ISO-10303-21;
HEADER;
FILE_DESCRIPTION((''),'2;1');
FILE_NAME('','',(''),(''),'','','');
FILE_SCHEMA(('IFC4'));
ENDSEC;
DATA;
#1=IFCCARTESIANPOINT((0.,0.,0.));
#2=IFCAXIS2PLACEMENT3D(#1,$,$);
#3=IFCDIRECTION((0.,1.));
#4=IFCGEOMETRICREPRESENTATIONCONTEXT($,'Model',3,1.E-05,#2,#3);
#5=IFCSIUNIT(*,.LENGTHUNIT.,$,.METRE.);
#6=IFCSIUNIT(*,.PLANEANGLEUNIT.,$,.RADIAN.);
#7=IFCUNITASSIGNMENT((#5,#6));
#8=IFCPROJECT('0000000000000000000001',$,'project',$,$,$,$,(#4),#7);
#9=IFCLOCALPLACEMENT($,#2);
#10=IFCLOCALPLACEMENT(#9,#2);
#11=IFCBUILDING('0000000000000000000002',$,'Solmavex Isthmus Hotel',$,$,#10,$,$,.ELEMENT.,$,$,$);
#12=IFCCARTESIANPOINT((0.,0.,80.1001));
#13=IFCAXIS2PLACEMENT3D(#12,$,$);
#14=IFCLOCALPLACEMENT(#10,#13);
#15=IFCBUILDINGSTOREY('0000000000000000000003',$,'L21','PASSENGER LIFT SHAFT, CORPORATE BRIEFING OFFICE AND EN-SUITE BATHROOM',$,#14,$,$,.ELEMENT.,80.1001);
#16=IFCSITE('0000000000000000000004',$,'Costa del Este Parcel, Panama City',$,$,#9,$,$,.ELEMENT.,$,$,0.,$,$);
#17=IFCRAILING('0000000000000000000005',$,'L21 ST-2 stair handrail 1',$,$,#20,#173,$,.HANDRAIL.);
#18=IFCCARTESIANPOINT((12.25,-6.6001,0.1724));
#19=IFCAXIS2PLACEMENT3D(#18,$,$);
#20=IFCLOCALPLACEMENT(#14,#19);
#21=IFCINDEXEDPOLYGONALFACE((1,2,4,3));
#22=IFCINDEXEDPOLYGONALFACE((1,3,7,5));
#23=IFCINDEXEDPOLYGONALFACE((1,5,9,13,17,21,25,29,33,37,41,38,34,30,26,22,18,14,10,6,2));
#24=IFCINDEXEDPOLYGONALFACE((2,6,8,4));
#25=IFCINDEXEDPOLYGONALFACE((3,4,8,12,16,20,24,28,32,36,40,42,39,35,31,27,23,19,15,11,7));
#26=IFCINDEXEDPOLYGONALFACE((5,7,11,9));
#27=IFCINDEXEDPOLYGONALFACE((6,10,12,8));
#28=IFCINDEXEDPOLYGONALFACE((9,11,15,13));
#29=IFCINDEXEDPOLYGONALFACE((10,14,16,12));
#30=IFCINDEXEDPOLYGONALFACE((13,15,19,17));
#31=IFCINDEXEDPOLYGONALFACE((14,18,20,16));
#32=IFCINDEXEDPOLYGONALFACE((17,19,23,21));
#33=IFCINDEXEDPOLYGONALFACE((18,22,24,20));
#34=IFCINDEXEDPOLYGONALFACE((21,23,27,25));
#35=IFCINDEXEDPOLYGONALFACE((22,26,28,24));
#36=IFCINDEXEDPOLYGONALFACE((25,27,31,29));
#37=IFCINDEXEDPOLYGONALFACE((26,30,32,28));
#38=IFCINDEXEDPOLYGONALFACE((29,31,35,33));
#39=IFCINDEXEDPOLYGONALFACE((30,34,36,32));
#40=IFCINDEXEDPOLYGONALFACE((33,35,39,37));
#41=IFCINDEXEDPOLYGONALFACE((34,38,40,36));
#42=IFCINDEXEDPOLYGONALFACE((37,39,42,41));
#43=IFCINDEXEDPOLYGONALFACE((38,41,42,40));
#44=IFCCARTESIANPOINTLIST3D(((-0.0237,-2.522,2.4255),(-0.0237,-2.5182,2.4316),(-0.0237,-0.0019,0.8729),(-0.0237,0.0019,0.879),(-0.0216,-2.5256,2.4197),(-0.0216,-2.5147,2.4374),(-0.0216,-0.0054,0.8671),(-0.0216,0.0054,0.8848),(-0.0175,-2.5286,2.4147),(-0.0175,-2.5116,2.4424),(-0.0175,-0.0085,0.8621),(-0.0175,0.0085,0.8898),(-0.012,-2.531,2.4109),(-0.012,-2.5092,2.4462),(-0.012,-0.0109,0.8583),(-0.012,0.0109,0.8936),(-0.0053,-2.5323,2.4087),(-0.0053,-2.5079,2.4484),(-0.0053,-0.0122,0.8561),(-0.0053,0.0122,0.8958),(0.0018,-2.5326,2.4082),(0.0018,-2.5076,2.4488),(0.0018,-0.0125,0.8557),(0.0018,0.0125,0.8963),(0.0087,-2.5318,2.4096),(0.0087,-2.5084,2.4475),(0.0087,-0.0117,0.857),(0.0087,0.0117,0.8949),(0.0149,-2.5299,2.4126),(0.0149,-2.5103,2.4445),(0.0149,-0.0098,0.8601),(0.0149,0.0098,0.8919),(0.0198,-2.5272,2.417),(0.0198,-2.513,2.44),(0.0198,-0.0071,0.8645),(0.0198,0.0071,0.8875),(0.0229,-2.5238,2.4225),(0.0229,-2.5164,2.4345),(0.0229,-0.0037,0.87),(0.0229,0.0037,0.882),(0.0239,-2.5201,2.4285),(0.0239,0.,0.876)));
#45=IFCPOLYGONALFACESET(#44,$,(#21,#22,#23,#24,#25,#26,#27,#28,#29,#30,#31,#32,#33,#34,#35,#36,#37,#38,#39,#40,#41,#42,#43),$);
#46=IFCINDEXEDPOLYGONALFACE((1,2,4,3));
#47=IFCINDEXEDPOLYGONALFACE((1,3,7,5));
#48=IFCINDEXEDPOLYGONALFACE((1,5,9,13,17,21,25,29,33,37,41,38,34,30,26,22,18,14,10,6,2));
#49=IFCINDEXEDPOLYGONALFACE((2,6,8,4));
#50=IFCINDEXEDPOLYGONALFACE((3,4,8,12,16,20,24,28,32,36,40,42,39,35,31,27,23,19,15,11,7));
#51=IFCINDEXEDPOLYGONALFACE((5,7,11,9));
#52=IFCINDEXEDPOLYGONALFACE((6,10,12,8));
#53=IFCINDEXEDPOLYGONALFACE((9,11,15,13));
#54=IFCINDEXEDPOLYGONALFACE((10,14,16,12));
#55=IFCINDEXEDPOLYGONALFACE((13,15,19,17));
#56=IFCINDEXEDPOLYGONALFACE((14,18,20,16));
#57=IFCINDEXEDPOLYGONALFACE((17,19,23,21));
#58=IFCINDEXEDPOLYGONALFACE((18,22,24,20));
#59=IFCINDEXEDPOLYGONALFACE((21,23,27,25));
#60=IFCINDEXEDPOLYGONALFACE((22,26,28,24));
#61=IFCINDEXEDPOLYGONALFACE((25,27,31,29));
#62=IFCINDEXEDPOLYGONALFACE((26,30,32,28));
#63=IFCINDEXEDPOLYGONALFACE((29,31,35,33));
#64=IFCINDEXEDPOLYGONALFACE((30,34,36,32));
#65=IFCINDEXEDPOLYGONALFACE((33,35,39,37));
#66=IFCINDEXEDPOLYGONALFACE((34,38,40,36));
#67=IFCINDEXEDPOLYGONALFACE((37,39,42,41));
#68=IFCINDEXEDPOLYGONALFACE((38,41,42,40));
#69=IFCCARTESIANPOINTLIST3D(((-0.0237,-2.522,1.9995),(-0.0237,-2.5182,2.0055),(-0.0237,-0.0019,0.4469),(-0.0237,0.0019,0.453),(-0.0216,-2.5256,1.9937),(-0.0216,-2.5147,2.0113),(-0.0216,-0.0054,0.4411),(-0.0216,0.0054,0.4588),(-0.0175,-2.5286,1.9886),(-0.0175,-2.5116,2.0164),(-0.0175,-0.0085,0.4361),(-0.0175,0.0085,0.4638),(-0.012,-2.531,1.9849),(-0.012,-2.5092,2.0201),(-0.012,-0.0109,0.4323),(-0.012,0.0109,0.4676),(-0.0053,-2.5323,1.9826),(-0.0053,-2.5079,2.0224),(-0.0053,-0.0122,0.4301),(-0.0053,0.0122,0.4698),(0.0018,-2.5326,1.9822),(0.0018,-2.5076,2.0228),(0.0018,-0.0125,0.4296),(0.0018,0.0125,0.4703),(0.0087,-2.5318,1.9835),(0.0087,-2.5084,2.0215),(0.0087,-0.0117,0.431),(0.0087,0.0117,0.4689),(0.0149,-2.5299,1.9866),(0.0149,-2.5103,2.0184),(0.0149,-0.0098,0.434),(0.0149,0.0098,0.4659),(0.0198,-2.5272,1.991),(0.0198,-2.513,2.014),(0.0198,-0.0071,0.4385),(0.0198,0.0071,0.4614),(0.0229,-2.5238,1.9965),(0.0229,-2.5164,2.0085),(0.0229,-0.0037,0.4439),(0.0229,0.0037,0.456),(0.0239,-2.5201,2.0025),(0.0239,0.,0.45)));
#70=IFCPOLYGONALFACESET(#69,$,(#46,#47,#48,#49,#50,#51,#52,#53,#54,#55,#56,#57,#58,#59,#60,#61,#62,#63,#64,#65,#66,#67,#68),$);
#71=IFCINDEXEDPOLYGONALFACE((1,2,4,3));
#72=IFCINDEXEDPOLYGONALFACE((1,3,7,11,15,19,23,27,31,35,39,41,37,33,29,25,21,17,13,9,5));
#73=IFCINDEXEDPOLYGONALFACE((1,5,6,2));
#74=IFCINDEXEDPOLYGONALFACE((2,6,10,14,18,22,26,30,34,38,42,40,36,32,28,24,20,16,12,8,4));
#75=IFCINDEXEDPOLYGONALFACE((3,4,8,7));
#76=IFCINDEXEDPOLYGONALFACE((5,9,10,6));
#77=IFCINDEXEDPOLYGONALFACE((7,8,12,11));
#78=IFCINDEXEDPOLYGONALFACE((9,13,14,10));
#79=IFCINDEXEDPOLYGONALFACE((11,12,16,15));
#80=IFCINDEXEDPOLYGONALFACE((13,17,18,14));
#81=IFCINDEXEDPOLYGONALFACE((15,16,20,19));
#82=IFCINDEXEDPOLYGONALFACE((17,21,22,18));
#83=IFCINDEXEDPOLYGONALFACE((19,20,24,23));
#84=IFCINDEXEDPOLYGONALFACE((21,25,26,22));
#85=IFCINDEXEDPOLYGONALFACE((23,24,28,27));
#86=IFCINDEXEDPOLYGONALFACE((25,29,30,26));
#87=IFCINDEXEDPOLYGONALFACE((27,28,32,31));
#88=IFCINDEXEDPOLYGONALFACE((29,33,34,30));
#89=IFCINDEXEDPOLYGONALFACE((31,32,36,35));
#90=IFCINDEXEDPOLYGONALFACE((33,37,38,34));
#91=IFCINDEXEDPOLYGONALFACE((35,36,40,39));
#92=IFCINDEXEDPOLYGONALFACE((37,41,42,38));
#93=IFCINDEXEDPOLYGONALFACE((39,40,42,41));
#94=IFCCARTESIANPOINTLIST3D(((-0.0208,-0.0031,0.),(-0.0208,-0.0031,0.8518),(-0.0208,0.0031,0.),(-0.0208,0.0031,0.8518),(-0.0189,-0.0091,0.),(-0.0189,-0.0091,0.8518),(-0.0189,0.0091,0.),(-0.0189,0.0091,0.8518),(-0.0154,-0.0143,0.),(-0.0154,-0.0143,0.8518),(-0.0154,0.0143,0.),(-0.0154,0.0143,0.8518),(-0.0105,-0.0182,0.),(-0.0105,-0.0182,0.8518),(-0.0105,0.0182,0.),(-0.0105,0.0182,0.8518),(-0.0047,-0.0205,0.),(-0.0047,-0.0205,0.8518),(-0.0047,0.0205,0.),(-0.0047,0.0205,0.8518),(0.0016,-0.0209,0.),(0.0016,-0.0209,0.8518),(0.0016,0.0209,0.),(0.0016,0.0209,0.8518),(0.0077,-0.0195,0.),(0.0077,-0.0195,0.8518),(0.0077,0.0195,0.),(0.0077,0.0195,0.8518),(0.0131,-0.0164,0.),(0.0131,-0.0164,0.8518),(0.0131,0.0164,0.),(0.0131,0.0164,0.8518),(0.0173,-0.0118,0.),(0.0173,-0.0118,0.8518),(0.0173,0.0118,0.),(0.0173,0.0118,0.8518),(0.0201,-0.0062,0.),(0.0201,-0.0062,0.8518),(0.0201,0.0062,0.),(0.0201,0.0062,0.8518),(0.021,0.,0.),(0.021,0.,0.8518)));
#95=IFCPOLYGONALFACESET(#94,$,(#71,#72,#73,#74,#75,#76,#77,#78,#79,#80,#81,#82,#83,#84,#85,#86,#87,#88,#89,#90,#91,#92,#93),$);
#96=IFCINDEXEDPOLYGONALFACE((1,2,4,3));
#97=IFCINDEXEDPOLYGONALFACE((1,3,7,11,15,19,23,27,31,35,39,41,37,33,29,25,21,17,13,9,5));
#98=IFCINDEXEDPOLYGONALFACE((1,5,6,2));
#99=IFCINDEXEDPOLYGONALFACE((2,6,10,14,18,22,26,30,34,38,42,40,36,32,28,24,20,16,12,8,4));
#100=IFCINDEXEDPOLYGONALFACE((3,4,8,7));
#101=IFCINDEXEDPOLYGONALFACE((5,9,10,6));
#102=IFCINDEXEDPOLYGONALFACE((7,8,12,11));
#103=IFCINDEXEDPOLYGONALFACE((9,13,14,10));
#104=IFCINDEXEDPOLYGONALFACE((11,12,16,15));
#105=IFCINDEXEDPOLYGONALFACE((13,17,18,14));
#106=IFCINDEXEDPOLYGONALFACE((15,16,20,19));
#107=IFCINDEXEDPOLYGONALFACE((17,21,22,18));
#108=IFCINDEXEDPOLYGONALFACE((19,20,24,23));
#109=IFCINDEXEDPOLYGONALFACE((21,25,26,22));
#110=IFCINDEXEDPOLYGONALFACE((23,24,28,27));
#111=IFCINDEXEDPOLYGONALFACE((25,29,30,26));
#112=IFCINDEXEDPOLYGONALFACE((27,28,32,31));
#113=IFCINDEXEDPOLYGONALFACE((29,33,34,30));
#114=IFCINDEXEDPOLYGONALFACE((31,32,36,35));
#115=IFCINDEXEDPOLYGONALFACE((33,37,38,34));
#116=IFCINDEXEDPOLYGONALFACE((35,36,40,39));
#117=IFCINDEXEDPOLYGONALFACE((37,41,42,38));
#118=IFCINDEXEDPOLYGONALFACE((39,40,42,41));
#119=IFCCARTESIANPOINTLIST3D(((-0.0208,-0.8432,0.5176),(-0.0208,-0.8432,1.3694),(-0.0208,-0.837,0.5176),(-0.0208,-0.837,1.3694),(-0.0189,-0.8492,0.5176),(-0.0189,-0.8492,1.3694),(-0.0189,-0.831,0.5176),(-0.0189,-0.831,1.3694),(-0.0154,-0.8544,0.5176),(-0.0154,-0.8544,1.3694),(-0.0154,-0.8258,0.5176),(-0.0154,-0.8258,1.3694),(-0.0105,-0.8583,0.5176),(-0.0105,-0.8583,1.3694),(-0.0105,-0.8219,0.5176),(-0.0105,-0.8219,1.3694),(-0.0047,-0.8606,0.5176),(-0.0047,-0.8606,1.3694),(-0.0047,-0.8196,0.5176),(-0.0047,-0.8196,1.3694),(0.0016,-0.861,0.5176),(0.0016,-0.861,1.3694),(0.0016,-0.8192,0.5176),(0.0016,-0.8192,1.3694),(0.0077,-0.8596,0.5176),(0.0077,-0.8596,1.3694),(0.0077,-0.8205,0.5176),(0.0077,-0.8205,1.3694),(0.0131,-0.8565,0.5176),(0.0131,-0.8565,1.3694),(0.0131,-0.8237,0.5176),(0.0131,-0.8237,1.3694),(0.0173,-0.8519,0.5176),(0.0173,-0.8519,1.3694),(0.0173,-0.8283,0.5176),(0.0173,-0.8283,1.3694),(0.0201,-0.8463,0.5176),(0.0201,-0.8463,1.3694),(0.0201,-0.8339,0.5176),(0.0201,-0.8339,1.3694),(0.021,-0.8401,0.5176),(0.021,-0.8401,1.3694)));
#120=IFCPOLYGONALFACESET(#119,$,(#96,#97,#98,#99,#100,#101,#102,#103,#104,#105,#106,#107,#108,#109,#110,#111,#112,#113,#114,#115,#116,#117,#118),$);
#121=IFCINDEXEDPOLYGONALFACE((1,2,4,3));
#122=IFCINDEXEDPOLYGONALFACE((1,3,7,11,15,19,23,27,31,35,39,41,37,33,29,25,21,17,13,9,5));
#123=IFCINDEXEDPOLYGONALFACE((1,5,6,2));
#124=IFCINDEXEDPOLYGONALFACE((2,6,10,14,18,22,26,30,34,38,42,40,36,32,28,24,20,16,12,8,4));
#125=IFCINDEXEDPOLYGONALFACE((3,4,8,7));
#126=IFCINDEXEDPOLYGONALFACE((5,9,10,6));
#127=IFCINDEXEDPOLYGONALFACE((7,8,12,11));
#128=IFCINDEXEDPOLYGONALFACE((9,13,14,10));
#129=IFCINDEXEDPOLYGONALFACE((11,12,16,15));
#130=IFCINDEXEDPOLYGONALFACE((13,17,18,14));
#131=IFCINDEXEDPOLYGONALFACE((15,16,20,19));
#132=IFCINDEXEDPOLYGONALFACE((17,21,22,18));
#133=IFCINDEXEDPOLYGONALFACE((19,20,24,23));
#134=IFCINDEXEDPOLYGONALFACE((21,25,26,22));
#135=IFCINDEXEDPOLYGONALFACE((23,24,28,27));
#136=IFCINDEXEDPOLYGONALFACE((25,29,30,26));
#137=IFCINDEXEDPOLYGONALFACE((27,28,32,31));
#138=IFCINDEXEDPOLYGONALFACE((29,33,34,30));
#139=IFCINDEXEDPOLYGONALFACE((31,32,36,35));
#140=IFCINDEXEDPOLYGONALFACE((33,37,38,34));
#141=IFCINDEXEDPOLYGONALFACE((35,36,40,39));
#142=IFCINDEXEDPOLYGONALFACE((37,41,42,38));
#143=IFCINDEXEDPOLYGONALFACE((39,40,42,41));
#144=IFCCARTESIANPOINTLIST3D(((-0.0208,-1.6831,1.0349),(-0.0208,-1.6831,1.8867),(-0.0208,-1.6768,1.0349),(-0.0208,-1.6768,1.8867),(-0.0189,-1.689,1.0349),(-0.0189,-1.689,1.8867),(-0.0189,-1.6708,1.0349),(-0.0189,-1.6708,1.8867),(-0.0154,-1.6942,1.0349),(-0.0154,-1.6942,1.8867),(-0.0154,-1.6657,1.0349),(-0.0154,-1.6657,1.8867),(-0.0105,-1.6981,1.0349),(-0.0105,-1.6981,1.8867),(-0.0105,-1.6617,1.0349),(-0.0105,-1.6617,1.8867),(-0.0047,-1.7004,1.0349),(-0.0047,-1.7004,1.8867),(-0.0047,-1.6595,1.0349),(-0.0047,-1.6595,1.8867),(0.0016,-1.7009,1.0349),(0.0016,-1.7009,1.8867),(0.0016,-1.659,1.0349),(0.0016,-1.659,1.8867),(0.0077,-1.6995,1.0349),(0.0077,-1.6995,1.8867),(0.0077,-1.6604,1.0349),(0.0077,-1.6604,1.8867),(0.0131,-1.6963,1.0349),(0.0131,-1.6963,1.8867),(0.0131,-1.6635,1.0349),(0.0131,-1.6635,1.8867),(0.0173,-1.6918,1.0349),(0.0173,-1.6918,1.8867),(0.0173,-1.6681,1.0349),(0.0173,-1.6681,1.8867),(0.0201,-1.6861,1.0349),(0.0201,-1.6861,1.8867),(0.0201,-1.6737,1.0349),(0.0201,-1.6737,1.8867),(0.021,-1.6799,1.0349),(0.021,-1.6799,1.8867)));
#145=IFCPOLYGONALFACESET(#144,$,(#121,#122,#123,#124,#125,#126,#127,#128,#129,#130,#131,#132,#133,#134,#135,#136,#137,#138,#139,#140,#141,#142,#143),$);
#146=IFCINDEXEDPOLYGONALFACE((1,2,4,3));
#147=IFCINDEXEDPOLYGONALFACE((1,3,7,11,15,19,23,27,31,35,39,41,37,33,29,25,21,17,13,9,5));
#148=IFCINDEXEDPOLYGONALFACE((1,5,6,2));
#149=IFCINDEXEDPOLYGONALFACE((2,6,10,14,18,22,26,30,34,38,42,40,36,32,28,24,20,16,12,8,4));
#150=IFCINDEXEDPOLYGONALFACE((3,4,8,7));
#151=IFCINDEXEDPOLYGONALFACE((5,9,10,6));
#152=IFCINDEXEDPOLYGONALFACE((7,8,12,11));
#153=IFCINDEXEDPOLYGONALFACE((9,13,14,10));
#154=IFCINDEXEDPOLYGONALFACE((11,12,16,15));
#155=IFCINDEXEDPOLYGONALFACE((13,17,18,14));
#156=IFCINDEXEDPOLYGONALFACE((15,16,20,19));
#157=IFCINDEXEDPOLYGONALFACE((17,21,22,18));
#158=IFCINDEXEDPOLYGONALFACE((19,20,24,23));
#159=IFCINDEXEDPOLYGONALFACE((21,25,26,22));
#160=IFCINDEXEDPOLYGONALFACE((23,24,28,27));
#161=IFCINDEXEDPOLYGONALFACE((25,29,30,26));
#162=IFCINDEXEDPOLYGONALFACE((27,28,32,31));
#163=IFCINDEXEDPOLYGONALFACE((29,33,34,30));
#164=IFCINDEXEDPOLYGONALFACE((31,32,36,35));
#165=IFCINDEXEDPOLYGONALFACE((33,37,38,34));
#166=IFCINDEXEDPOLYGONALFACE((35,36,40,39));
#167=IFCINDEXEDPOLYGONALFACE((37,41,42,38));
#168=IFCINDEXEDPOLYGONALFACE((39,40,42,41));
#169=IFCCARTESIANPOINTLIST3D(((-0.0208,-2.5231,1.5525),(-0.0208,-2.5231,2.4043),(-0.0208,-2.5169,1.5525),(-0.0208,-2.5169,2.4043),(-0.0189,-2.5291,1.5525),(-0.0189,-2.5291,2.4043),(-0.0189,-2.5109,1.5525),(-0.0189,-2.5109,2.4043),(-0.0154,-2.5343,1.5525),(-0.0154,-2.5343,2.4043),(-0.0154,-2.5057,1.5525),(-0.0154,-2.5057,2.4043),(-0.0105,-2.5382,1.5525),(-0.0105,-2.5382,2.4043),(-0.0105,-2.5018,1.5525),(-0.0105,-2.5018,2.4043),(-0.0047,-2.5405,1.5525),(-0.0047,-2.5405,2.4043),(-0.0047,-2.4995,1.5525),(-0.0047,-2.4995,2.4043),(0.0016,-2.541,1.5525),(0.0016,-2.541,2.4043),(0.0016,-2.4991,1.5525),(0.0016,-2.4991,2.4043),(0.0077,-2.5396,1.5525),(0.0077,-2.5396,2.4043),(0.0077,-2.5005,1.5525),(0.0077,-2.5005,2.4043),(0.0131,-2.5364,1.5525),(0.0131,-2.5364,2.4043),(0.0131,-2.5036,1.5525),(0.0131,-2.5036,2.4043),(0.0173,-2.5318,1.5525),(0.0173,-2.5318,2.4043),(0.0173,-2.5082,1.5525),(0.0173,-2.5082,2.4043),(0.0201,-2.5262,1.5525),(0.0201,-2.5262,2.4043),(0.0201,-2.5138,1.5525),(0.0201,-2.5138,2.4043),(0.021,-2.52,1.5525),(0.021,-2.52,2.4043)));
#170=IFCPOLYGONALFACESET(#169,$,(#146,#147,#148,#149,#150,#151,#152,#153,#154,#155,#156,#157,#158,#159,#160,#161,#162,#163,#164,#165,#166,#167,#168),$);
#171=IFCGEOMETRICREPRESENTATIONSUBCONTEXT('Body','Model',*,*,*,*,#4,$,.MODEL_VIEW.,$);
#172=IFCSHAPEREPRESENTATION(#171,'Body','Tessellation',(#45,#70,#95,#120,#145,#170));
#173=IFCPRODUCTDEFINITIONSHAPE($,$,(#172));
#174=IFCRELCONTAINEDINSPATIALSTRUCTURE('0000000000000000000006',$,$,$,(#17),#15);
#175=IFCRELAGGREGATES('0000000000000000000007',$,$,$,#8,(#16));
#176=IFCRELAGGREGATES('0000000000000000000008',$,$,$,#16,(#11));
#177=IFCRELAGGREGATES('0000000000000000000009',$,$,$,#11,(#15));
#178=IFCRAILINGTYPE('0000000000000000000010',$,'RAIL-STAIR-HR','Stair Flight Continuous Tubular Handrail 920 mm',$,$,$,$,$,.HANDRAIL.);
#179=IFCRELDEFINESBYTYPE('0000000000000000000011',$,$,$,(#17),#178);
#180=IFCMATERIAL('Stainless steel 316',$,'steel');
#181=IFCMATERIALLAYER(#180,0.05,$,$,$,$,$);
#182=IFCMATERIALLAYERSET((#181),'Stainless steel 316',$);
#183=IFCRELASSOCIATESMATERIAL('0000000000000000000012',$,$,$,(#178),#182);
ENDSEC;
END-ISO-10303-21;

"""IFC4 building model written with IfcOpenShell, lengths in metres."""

from ifc_helpers import new_model, si_unit, direction, frame, origin, origin_2d, place, context, subcontext, project, spatial, circle, extrude, material, layer, layer_set, type_object, element, save


model = new_model("IFC4")

# Units and contexts
model_context = context("Model", 3, precision=1e-05, world=origin(), true_north=direction((0.0, 1.0)))
body_context = subcontext(model_context, "Body", "Model", "MODEL_VIEW")
ifc_project = project(units=[si_unit("LENGTHUNIT", "METRE"), si_unit("PLANEANGLEUNIT", "RADIAN")], contexts=[model_context])

# Site, building, storey
site_placement = place(None, origin())
site = spatial("IfcSite", under=ifc_project, at=site_placement, Name="Costa del Este Parcel, Panama City", CompositionType="ELEMENT", RefElevation=0.0)
building_placement = place(site_placement, origin())
building = spatial("IfcBuilding", under=site, at=building_placement, Name="Solmavex Isthmus Hotel", CompositionType="ELEMENT")
storey_placement = place(building_placement, frame((0.0, 0.0, 80.1001)))
storey = spatial("IfcBuildingStorey", under=building, at=storey_placement, Name="L21", Description="PASSENGER LIFT SHAFT, CORPORATE BRIEFING OFFICE AND EN-SUITE BATHROOM", CompositionType="ELEMENT", Elevation=80.1001)

# Shared definitions
ifc_material_1 = material(Name="Stainless steel 316", Category="steel")

# Railing
ifc_layer_1 = layer(ifc_material_1, 0.05)
ifc_layer_set_1 = layer_set([ifc_layer_1], Name="Stainless steel 316")
railing_type = type_object("IfcRailingType", Name="RAIL-STAIR-HR", Description="Stair Flight Continuous Tubular Handrail 920 mm", PredefinedType="HANDRAIL", material=ifc_layer_set_1)
railing_placement = place(storey_placement, frame((12.25, -6.6001, 0.1724)))
element("IfcRailing", 1, at=railing_placement, inside=storey, type_object=railing_type, Name="L21 ST-2 stair handrail 1", PredefinedType="HANDRAIL", context=body_context, shape_type="SweptSolid", body=[
    extrude(circle(Radius=0.0239, at=origin_2d()), frame((0.0, 0.0, 0.876), z_axis=(0.0, -0.8514, 0.524516), x_axis=(1.0, 0.0, 0.0)), (0.0, 0.0, 1.0), 2.96),
    extrude(circle(Radius=0.0239, at=origin_2d()), frame((0.0, 0.0, 0.45), z_axis=(0.0, -0.8514, 0.524516), x_axis=(1.0, 0.0, 0.0)), (0.0, 0.0, 1.0), 2.96),
    extrude(circle(Radius=0.021, at=origin_2d()), origin(), (0.0, 0.0, 1.0), 0.8518),
    extrude(circle(Radius=0.021, at=origin_2d()), frame((0.0, -0.8401, 0.5176)), (0.0, 0.0, 1.0), 0.8518),
    extrude(circle(Radius=0.021, at=origin_2d()), frame((0.0, -1.6799, 1.0349)), (0.0, 0.0, 1.0), 0.8518),
    extrude(circle(Radius=0.021, at=origin_2d()), frame((0.0, -2.52, 1.5525)), (0.0, 0.0, 1.0), 0.8518),
])

save(model, "model.ifc")
